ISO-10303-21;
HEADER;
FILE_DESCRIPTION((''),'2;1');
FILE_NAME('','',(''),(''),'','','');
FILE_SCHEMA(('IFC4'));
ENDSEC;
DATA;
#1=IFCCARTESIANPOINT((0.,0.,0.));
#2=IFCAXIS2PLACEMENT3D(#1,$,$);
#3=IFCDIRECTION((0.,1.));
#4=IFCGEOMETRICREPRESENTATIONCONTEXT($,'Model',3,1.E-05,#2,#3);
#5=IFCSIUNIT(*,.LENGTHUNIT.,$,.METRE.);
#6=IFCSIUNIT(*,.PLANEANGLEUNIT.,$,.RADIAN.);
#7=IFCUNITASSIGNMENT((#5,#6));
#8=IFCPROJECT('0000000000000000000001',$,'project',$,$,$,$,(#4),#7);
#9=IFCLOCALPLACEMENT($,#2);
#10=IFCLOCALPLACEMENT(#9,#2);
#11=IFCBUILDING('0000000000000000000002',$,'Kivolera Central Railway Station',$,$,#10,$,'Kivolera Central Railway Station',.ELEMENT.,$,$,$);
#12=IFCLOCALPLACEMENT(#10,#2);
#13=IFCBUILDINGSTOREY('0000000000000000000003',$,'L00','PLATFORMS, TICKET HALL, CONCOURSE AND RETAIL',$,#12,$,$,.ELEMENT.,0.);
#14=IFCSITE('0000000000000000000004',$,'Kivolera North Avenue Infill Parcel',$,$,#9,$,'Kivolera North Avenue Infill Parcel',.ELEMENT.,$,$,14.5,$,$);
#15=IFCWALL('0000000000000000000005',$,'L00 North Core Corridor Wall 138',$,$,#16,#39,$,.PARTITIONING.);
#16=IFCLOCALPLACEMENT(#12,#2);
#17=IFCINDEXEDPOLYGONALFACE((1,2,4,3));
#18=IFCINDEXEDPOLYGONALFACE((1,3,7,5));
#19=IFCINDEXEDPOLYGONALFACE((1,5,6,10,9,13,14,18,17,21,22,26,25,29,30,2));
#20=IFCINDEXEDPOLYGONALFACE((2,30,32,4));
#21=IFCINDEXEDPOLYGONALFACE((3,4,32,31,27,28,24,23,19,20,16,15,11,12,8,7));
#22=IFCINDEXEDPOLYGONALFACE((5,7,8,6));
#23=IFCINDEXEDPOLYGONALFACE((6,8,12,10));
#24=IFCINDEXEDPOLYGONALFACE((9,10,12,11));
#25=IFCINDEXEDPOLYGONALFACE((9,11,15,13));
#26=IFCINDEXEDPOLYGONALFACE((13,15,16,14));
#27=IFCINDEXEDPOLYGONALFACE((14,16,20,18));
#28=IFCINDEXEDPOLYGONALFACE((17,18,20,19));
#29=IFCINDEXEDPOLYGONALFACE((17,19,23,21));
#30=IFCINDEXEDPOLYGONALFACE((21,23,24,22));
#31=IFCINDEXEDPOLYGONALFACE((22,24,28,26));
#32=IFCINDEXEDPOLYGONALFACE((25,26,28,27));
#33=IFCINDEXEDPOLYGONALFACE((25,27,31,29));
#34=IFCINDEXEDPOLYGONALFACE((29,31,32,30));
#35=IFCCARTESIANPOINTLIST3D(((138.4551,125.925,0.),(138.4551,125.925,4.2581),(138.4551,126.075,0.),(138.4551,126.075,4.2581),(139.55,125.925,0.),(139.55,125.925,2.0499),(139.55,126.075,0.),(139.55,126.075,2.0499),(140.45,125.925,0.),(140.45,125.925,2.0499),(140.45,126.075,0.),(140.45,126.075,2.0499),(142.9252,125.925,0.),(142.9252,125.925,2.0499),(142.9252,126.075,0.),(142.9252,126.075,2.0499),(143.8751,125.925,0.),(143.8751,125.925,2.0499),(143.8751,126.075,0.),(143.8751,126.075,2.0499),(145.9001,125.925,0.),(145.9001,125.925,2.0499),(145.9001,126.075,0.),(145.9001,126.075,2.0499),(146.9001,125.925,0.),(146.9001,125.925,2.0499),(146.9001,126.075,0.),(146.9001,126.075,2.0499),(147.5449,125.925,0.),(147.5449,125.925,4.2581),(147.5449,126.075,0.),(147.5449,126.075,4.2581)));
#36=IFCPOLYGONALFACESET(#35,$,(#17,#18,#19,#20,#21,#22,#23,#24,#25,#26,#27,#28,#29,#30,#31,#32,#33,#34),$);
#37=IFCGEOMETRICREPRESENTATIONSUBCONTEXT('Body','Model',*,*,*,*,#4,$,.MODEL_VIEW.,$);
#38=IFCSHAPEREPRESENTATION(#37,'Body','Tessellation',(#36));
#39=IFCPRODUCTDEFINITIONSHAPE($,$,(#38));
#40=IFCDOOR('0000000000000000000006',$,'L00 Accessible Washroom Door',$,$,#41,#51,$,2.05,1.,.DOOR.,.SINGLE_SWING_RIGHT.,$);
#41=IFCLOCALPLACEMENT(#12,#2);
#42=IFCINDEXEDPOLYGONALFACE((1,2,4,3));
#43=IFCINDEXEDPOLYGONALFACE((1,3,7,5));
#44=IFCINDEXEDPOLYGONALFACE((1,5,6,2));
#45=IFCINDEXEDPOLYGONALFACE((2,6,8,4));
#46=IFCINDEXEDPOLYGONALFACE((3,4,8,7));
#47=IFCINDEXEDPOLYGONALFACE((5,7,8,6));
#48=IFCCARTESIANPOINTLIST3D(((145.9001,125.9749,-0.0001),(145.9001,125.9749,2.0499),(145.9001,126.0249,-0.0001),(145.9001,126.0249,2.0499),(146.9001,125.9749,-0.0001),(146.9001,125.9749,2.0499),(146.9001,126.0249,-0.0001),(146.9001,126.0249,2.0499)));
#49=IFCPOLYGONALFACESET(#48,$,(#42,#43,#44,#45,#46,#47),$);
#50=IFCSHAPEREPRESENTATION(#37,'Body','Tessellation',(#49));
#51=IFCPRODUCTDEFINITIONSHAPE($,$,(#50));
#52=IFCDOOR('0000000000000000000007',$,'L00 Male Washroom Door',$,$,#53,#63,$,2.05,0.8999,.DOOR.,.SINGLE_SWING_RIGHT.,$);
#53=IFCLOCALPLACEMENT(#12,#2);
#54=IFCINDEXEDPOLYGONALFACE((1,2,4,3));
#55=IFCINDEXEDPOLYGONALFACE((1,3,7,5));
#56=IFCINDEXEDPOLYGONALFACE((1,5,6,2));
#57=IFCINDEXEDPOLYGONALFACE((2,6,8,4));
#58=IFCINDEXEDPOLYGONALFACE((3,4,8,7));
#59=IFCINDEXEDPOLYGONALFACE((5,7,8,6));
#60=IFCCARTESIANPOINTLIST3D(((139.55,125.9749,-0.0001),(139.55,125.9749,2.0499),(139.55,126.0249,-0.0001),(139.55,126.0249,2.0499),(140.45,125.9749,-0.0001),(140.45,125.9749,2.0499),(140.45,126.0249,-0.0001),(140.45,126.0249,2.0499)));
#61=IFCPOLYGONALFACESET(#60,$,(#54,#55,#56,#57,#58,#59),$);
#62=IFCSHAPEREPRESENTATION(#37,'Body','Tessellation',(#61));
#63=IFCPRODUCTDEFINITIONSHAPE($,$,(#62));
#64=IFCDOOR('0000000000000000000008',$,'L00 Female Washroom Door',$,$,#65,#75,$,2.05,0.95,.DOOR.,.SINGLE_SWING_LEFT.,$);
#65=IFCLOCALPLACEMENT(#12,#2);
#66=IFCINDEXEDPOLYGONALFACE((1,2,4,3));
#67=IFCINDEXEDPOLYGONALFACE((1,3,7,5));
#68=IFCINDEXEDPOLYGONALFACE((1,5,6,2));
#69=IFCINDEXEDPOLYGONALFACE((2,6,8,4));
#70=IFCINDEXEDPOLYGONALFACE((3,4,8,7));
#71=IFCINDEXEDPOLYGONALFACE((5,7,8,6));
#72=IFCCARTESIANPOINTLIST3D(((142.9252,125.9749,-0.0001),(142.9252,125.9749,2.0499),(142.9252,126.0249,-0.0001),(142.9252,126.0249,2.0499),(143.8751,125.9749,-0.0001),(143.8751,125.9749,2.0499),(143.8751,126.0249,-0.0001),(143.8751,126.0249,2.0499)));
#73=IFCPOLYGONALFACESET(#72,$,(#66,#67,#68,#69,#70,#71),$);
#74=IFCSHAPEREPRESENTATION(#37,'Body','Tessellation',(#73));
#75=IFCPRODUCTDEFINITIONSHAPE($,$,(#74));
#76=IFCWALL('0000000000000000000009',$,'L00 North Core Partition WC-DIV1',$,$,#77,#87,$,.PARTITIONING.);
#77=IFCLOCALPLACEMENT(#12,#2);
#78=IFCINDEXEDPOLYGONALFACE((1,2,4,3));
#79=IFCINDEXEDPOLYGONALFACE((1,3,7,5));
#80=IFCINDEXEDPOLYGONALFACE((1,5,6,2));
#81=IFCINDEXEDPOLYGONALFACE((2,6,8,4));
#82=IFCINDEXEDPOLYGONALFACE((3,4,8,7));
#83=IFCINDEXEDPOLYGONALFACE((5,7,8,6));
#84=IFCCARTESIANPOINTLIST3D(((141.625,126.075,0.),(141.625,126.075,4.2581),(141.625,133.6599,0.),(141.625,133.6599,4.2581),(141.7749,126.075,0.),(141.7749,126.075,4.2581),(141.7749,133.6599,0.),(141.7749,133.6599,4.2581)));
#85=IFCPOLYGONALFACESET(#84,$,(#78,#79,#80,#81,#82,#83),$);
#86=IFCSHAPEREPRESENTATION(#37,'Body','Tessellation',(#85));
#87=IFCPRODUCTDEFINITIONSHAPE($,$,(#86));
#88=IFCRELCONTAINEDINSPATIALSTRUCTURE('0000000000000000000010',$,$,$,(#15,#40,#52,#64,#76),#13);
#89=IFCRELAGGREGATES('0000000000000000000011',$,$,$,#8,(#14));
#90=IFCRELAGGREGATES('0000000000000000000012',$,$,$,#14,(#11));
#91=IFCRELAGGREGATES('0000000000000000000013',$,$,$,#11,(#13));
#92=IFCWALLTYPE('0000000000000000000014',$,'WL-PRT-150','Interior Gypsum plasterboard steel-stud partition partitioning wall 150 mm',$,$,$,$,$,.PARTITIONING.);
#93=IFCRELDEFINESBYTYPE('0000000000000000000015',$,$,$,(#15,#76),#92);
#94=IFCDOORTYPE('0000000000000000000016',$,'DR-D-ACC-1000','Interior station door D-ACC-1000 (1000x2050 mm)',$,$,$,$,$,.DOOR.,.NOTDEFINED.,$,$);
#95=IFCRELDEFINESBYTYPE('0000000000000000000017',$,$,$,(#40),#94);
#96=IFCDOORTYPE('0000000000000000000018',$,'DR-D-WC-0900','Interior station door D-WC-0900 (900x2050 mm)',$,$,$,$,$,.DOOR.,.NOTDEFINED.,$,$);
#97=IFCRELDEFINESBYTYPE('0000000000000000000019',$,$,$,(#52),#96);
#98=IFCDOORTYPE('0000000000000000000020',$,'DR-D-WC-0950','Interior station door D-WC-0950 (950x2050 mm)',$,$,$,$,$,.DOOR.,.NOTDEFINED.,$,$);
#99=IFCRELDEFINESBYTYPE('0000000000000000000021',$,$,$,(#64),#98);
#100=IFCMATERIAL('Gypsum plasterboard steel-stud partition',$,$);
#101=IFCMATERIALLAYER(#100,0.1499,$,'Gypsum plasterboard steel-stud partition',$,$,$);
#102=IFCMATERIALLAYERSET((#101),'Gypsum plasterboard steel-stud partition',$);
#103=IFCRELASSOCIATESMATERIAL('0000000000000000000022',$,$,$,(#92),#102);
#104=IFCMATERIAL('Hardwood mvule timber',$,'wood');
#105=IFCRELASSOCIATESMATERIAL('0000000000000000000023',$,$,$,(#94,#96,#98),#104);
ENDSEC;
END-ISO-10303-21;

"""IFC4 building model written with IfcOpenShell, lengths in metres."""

from ifc_helpers import new_model, si_unit, direction, frame, frame_2d, origin, place, context, subcontext, project, spatial, rectangle, extrude, material, layer, layer_set, type_object, element, fill, save


model = new_model("IFC4")

# Units and contexts
model_context = context("Model", 3, precision=1e-05, world=origin(), true_north=direction((0.0, 1.0)))
body_context = subcontext(model_context, "Body", "Model", "MODEL_VIEW")
ifc_project = project(units=[si_unit("LENGTHUNIT", "METRE"), si_unit("PLANEANGLEUNIT", "RADIAN")], contexts=[model_context])

# Site, building, storey
site_placement = place(None, origin())
site = spatial("IfcSite", under=ifc_project, at=site_placement, Name="Kivolera North Avenue Infill Parcel", LongName="Kivolera North Avenue Infill Parcel", CompositionType="ELEMENT", RefElevation=14.5)
building_placement = place(site_placement, origin())
building = spatial("IfcBuilding", under=site, at=building_placement, Name="Kivolera Central Railway Station", LongName="Kivolera Central Railway Station", CompositionType="ELEMENT")
storey_placement = place(building_placement, origin())
storey = spatial("IfcBuildingStorey", under=building, at=storey_placement, Name="L00", Description="PLATFORMS, TICKET HALL, CONCOURSE AND RETAIL", CompositionType="ELEMENT", Elevation=0.0)

# Wall, openings, doors
ifc_material_1 = material(Name="Gypsum plasterboard steel-stud partition")
ifc_layer_1 = layer(ifc_material_1, 0.1499, Name="Gypsum plasterboard steel-stud partition")
ifc_layer_set_1 = layer_set([ifc_layer_1], Name="Gypsum plasterboard steel-stud partition")
wall_type_1 = type_object("IfcWallType", Name="WL-PRT-150", Description="Interior Gypsum plasterboard steel-stud partition partitioning wall 150 mm", PredefinedType="PARTITIONING", material=ifc_layer_set_1)
wall_1_placement = place(storey_placement, frame((138.4551, 126.0, 0.0), z_axis=(0.0, 0.0, 1.0), x_axis=(1.0, 0.0, 0.0)))
wall_1 = element("IfcWall", 1, at=wall_1_placement, inside=storey, type_object=wall_type_1, Name="L00 North Core Corridor Wall 138", PredefinedType="PARTITIONING", context=body_context, shape_type="SweptSolid", body=[
    extrude(rectangle(XDim=9.0898, YDim=0.1499, at=frame_2d((4.5449, 0.0))), origin(), (0.0, 0.0, 1.0), 4.2581),
])
opening_1_placement = place(wall_1_placement, frame((1.095, 0.0, 0.0)))
opening_1 = element("IfcOpeningElement", 2, at=opening_1_placement, cuts=wall_1, PredefinedType="OPENING", context=body_context, shape_type="SweptSolid", body=[
    extrude(rectangle(XDim=0.8999, YDim=2.05, at=frame_2d((0.45, 1.0249))), frame((0.0, 0.085, 0.0), z_axis=(0.0, -1.0, 0.0), x_axis=(1.0, 0.0, 0.0)), (0.0, 0.0, 1.0), 0.1699),
])
opening_2_placement = place(wall_1_placement, frame((4.47, 0.0, 0.0)))
opening_2 = element("IfcOpeningElement", 3, at=opening_2_placement, cuts=wall_1, PredefinedType="OPENING", context=body_context, shape_type="SweptSolid", body=[
    extrude(rectangle(XDim=0.95, YDim=2.05, at=frame_2d((0.4751, 1.0249))), frame((0.0, 0.085, 0.0), z_axis=(0.0, -1.0, 0.0), x_axis=(1.0, 0.0, 0.0)), (0.0, 0.0, 1.0), 0.1699),
])
opening_3_placement = place(wall_1_placement, frame((7.4451, 0.0, 0.0)))
opening_3 = element("IfcOpeningElement", 4, at=opening_3_placement, cuts=wall_1, PredefinedType="OPENING", context=body_context, shape_type="SweptSolid", body=[
    extrude(rectangle(XDim=1.0, YDim=2.05, at=frame_2d((0.5, 1.0249))), frame((0.0, 0.085, 0.0), z_axis=(0.0, -1.0, 0.0), x_axis=(1.0, 0.0, 0.0)), (0.0, 0.0, 1.0), 0.1699),
])
ifc_material_2 = material(Name="Hardwood mvule timber", Category="wood")
door_type_1 = type_object("IfcDoorType", Name="DR-D-ACC-1000", Description="Interior station door D-ACC-1000 (1000x2050 mm)", OperationType="NOTDEFINED", PredefinedType="DOOR", material=ifc_material_2)
door_1_placement = place(opening_3_placement, origin())
door_1 = element("IfcDoor", 5, at=door_1_placement, inside=storey, type_object=door_type_1, Name="L00 Accessible Washroom Door", OperationType="SINGLE_SWING_RIGHT", OverallHeight=2.05, OverallWidth=1.0, PredefinedType="DOOR", context=body_context, shape_type="SweptSolid", body=[
    extrude(rectangle(XDim=1.0, YDim=2.05, at=frame_2d((0.5, 1.0249))), frame((0.0, 0.0249, 0.0), z_axis=(0.0, -1.0, 0.0), x_axis=(1.0, 0.0, 0.0)), (0.0, 0.0, 1.0), 0.05),
])
fill(opening_3, door_1)
door_type_2 = type_object("IfcDoorType", Name="DR-D-WC-0900", Description="Interior station door D-WC-0900 (900x2050 mm)", OperationType="NOTDEFINED", PredefinedType="DOOR", material=ifc_material_2)
door_2_placement = place(opening_1_placement, origin())
door_2 = element("IfcDoor", 6, at=door_2_placement, inside=storey, type_object=door_type_2, Name="L00 Male Washroom Door", OperationType="SINGLE_SWING_RIGHT", OverallHeight=2.05, OverallWidth=0.8999, PredefinedType="DOOR", context=body_context, shape_type="SweptSolid", body=[
    extrude(rectangle(XDim=0.8999, YDim=2.05, at=frame_2d((0.45, 1.0249))), frame((0.0, 0.0249, 0.0), z_axis=(0.0, -1.0, 0.0), x_axis=(1.0, 0.0, 0.0)), (0.0, 0.0, 1.0), 0.05),
])
fill(opening_1, door_2)
door_type_3 = type_object("IfcDoorType", Name="DR-D-WC-0950", Description="Interior station door D-WC-0950 (950x2050 mm)", OperationType="NOTDEFINED", PredefinedType="DOOR", material=ifc_material_2)
door_3_placement = place(opening_2_placement, origin())
door_3 = element("IfcDoor", 7, at=door_3_placement, inside=storey, type_object=door_type_3, Name="L00 Female Washroom Door", OperationType="SINGLE_SWING_LEFT", OverallHeight=2.05, OverallWidth=0.95, PredefinedType="DOOR", context=body_context, shape_type="SweptSolid", body=[
    extrude(rectangle(XDim=0.95, YDim=2.05, at=frame_2d((0.4751, 1.0249))), frame((0.0, 0.0249, 0.0), z_axis=(0.0, -1.0, 0.0), x_axis=(1.0, 0.0, 0.0)), (0.0, 0.0, 1.0), 0.05),
])
fill(opening_2, door_3)

# Wall
wall_2_placement = place(storey_placement, frame((141.7, 126.075, 0.0), z_axis=(0.0, 0.0, 1.0), x_axis=(0.0, 1.0, 0.0)))
element("IfcWall", 8, at=wall_2_placement, inside=storey, type_object=wall_type_1, Name="L00 North Core Partition WC-DIV1", PredefinedType="PARTITIONING", context=body_context, shape_type="SweptSolid", body=[
    extrude(rectangle(XDim=7.585, YDim=0.1499, at=frame_2d((3.7925, 0.0))), origin(), (0.0, 0.0, 1.0), 4.2581),
])

save(model, "model.ifc")
